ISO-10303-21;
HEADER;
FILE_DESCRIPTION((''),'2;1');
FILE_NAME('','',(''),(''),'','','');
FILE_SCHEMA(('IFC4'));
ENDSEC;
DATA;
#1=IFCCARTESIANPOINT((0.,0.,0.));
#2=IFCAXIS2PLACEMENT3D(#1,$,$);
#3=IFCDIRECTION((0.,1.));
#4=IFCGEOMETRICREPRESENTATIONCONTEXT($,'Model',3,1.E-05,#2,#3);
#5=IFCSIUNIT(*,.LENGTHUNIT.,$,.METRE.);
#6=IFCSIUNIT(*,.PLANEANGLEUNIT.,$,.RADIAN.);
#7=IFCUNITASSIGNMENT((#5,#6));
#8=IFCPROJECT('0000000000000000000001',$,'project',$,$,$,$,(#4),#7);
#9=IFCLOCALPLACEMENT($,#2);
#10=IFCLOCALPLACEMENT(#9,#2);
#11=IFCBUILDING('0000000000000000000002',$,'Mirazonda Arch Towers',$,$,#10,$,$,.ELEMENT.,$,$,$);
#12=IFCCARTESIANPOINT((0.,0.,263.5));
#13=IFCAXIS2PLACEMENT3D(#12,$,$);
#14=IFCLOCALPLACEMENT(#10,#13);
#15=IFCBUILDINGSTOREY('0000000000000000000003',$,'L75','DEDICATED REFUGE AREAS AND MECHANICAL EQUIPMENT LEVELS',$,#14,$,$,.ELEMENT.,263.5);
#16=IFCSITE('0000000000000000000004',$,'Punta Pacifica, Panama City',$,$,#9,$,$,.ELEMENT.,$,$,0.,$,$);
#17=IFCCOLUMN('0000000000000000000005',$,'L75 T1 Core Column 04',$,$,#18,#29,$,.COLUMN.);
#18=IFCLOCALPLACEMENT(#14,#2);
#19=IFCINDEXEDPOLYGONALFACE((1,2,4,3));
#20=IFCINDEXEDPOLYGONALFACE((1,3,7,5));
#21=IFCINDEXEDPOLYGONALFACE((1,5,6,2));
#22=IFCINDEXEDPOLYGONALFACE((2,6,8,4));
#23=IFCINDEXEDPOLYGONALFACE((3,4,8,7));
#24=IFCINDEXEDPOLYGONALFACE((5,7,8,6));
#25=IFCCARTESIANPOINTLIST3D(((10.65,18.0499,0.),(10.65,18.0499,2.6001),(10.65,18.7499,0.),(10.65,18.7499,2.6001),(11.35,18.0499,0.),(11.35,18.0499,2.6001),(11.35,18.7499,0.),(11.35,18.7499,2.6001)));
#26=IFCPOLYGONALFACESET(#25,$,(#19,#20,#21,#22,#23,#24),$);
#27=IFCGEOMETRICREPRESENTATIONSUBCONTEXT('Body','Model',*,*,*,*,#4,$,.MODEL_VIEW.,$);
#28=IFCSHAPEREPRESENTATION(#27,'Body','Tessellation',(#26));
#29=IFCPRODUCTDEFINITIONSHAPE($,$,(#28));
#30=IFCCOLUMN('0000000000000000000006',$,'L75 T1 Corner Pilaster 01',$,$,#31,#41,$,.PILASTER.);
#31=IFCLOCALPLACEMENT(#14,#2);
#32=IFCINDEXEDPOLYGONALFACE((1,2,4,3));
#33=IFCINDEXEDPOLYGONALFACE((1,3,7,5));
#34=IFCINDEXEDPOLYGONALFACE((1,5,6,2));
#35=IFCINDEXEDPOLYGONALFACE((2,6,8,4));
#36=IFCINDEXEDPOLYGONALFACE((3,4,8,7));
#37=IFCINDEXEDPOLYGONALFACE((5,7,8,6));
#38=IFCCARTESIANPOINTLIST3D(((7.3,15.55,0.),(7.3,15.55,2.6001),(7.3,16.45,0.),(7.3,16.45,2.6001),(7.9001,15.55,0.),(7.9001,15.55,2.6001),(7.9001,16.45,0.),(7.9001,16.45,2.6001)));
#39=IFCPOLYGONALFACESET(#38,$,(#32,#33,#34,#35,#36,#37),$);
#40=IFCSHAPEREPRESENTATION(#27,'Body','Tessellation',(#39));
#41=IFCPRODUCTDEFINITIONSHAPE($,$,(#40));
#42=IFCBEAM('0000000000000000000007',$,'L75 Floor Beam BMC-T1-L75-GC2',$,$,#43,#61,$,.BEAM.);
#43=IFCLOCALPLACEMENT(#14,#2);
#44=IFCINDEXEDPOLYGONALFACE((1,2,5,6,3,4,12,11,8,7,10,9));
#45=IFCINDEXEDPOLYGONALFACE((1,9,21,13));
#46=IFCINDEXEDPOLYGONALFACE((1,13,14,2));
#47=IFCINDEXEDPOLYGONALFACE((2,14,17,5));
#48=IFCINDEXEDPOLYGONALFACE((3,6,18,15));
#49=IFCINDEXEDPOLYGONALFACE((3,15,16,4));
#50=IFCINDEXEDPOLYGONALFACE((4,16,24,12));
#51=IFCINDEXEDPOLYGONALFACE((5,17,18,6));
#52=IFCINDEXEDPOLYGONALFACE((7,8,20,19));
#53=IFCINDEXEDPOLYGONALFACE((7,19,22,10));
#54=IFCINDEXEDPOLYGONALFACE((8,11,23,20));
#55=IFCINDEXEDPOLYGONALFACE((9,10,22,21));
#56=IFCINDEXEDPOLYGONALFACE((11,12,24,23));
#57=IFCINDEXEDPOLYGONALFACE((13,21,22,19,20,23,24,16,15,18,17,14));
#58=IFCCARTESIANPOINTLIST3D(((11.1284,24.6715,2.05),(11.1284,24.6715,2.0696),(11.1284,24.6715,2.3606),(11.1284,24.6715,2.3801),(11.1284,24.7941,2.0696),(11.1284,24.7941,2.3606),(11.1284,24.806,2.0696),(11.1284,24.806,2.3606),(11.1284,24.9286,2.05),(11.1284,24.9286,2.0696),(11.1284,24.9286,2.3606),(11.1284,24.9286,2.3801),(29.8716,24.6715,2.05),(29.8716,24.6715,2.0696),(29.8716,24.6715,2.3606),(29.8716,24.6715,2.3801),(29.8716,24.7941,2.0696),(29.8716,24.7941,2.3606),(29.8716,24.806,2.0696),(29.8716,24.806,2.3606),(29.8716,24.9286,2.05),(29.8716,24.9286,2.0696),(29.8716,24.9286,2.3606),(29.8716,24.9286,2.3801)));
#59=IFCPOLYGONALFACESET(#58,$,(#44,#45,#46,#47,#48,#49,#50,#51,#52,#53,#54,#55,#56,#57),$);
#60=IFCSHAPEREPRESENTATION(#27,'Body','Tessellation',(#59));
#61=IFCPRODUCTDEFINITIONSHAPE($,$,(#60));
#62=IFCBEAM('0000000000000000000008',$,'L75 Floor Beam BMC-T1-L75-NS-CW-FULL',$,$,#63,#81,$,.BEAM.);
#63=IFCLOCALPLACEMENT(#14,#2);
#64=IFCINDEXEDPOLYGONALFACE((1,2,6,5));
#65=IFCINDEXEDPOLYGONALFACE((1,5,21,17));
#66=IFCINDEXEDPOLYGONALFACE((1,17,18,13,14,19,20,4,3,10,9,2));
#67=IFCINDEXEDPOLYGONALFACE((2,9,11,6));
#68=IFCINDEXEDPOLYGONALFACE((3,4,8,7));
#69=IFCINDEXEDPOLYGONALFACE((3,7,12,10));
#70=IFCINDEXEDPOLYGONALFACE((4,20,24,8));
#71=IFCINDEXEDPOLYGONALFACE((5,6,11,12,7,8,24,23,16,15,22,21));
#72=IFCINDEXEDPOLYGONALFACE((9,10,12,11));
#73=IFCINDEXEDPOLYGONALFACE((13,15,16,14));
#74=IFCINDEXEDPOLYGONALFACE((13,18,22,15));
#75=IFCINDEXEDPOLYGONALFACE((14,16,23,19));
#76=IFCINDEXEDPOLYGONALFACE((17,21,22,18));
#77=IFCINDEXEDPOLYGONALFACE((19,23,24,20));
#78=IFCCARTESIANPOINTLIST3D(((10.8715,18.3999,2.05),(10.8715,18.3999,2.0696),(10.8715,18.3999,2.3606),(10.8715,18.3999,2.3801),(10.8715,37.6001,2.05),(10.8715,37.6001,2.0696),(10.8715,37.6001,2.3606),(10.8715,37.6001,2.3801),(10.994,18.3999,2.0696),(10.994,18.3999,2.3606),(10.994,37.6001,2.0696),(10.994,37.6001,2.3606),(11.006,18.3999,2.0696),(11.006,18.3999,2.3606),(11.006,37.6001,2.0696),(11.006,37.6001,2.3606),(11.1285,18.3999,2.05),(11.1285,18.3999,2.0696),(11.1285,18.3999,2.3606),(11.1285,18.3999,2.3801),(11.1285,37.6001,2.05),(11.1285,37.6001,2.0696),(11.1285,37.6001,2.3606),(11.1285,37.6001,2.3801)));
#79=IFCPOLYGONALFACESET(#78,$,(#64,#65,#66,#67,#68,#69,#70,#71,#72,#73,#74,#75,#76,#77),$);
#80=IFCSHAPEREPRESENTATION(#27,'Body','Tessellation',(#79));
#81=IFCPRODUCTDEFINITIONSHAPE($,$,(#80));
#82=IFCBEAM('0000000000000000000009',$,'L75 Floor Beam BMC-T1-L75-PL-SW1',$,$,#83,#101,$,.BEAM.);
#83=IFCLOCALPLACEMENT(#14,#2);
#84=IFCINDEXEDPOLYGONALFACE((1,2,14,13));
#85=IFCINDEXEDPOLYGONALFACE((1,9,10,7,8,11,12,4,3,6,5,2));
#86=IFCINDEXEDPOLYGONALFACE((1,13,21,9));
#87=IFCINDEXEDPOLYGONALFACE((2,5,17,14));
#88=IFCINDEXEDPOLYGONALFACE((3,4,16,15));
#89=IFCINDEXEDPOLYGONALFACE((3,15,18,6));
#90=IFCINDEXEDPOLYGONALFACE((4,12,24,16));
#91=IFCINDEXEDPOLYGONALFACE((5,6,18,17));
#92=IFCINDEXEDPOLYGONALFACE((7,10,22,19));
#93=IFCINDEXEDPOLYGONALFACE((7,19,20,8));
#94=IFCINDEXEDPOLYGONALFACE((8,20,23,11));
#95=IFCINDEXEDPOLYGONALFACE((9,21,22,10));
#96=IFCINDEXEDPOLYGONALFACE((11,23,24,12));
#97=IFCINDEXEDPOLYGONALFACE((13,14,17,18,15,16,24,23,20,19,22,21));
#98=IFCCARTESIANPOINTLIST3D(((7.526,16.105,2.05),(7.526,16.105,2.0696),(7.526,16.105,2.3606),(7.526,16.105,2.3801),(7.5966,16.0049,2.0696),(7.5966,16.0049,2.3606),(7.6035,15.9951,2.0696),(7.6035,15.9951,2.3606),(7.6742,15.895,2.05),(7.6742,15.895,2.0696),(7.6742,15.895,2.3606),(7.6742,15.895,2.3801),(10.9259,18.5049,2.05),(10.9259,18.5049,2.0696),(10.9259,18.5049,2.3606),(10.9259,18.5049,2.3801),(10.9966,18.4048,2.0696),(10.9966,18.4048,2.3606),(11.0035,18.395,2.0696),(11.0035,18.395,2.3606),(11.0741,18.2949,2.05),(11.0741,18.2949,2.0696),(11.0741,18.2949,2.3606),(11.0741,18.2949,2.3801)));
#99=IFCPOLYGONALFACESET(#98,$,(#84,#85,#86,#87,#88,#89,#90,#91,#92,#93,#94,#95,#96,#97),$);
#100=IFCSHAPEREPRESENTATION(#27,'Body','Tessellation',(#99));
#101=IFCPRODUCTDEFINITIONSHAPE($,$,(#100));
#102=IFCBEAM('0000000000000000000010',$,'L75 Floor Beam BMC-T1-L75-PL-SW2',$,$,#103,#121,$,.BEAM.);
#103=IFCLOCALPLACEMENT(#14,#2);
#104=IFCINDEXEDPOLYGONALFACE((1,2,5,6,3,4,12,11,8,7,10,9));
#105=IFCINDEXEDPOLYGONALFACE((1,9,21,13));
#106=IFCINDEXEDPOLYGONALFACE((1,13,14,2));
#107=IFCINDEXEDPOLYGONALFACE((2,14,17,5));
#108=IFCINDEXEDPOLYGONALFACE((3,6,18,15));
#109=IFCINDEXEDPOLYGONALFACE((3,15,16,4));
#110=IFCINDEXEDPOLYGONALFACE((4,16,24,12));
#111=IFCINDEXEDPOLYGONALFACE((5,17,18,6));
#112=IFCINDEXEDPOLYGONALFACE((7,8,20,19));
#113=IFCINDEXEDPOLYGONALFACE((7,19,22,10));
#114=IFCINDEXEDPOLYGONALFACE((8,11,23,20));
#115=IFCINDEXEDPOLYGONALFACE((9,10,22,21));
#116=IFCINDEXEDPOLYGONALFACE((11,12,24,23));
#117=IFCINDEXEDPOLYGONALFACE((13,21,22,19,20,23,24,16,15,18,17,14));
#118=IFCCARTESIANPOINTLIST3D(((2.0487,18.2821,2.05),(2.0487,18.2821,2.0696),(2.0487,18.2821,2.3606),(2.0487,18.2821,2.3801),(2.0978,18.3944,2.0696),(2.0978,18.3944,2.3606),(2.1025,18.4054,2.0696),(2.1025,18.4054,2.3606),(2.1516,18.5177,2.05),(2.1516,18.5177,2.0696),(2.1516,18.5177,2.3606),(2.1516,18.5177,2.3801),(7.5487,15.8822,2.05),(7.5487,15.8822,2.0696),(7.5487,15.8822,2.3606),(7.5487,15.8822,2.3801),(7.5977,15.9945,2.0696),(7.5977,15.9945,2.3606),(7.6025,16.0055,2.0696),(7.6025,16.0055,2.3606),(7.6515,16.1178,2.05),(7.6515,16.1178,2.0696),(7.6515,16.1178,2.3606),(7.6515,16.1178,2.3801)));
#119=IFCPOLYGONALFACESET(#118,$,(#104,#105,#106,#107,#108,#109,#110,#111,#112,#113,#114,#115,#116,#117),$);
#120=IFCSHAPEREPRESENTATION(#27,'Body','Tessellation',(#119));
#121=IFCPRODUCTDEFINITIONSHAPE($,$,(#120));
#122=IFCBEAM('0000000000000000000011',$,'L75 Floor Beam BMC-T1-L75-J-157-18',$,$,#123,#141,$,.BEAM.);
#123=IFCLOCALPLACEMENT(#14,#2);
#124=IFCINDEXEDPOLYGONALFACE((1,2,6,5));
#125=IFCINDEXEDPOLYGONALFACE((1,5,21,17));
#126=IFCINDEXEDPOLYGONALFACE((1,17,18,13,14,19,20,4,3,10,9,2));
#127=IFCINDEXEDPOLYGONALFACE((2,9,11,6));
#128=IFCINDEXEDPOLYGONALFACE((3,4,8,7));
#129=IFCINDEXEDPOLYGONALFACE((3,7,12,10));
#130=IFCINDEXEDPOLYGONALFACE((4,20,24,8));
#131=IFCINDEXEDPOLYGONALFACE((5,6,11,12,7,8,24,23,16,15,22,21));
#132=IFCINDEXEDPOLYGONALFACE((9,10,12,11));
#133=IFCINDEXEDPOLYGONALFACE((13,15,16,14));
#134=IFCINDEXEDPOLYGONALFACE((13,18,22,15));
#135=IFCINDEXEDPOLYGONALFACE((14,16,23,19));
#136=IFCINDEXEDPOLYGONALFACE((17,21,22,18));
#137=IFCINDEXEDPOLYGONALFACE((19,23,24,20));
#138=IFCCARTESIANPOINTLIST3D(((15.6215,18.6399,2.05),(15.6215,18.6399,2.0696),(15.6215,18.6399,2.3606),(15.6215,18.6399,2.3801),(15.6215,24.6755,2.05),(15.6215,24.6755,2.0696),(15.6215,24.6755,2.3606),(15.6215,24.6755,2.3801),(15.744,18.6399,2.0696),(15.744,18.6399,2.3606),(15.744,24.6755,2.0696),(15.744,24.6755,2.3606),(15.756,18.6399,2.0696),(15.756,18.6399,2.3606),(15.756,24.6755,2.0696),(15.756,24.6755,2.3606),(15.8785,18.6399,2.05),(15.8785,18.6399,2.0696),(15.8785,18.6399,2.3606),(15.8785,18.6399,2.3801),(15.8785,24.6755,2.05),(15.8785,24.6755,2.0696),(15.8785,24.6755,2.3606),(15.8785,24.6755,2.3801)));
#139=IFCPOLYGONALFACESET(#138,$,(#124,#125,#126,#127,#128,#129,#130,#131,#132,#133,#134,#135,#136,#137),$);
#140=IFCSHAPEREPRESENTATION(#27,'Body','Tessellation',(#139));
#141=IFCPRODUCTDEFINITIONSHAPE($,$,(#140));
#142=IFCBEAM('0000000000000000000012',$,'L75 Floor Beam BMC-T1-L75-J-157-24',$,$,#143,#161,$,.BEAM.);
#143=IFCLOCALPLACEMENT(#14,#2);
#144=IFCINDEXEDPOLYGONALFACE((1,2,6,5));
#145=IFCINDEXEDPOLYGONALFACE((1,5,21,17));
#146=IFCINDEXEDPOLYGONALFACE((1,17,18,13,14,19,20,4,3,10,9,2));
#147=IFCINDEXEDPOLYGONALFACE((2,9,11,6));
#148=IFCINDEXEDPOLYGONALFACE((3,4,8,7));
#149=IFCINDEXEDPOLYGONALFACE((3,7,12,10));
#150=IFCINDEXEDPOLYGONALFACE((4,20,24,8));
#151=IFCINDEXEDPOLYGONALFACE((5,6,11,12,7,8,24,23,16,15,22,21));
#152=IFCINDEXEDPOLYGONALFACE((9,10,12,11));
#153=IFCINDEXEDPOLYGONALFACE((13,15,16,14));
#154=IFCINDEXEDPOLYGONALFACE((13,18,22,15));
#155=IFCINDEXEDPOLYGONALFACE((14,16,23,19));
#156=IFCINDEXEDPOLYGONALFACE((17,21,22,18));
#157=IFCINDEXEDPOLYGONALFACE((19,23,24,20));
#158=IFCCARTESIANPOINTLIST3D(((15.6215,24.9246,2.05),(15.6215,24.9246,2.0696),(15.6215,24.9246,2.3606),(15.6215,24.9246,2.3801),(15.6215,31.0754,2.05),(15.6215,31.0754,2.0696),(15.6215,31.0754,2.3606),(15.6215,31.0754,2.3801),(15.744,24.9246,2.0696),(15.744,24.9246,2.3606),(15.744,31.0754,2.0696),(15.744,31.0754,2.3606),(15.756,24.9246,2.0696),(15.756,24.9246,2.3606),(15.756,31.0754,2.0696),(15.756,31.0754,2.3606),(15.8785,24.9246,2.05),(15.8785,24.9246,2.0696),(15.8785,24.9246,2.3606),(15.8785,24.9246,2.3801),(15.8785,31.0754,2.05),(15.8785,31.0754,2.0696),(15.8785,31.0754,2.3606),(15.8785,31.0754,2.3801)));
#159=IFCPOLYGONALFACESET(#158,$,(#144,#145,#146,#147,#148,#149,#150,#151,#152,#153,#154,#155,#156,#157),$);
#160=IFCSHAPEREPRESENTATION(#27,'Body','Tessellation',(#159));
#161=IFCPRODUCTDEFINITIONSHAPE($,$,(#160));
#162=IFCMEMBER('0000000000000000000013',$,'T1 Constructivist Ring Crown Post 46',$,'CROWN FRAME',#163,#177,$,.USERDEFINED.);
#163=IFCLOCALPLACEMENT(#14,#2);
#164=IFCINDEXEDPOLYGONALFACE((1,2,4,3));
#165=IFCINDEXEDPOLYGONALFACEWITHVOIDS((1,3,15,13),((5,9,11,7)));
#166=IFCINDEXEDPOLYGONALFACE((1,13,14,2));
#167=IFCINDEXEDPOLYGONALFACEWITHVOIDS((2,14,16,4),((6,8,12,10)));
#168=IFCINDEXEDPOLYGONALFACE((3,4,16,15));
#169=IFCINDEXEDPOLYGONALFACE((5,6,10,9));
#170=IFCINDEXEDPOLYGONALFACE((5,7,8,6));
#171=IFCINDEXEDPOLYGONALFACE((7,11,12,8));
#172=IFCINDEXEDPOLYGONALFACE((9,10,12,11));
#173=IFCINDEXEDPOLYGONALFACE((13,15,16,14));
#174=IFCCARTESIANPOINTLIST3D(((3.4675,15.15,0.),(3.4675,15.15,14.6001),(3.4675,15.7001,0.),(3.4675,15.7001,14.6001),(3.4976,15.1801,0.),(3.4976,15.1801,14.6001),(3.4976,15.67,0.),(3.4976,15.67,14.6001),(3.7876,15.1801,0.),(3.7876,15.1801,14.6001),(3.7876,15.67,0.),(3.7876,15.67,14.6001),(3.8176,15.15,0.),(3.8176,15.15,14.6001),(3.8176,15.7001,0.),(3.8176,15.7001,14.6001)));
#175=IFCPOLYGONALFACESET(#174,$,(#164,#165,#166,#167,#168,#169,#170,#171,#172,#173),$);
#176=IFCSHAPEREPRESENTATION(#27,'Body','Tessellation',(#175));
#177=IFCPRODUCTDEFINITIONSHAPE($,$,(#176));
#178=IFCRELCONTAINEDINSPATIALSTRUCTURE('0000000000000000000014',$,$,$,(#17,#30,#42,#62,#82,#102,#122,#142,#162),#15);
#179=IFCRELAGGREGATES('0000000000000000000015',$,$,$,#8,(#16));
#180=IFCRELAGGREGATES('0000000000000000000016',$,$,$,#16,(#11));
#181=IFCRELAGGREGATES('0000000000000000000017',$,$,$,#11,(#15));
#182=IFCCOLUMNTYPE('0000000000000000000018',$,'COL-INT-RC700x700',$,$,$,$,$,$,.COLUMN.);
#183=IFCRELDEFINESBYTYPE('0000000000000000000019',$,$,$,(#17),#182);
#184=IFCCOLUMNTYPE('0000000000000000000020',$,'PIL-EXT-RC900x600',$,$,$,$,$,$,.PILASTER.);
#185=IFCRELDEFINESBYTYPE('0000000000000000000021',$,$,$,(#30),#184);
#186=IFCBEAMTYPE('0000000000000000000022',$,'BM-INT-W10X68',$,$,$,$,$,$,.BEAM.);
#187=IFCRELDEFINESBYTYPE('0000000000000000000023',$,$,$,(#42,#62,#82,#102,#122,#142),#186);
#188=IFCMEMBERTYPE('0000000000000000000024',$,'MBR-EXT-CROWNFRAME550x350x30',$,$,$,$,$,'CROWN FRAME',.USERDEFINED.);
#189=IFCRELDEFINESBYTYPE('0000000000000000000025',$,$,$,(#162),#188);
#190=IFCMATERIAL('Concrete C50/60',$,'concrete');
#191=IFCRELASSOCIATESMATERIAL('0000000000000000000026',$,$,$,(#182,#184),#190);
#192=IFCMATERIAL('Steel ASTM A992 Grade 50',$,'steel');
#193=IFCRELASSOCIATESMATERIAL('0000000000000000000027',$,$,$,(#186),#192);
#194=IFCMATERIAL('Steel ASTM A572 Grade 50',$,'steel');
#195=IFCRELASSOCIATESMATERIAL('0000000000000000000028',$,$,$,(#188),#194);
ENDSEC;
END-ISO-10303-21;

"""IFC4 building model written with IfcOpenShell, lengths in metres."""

from ifc_helpers import new_model, si_unit, direction, frame, origin, origin_2d, place, context, subcontext, project, spatial, rectangle, hollow_rectangle, i_section, extrude, material, material_profile, profile_set, type_object, element, save


model = new_model("IFC4")

# Units and contexts
model_context = context("Model", 3, precision=1e-05, world=origin(), true_north=direction((0.0, 1.0)))
body_context = subcontext(model_context, "Body", "Model", "MODEL_VIEW")
ifc_project = project(units=[si_unit("LENGTHUNIT", "METRE"), si_unit("PLANEANGLEUNIT", "RADIAN")], contexts=[model_context])

# Site, building, storey
site_placement = place(None, origin())
site = spatial("IfcSite", under=ifc_project, at=site_placement, Name="Punta Pacifica, Panama City", CompositionType="ELEMENT", RefElevation=0.0)
building_placement = place(site_placement, origin())
building = spatial("IfcBuilding", under=site, at=building_placement, Name="Mirazonda Arch Towers", CompositionType="ELEMENT")
storey_placement = place(building_placement, frame((0.0, 0.0, 263.5)))
storey = spatial("IfcBuildingStorey", under=building, at=storey_placement, Name="L75", Description="DEDICATED REFUGE AREAS AND MECHANICAL EQUIPMENT LEVELS", CompositionType="ELEMENT", Elevation=263.5)

# Columns
ifc_material_1 = material(Name="Concrete C50/60", Category="concrete")
ifc_material_profile_1 = material_profile(ifc_material_1, rectangle(XDim=0.7, YDim=0.7, at=origin_2d()), Name="RC700x700")
ifc_profile_set_1 = profile_set([ifc_material_profile_1], Name="Concrete C50/60")
column_type_1 = type_object("IfcColumnType", Name="COL-INT-RC700x700", PredefinedType="COLUMN", material=ifc_profile_set_1)
column_1_placement = place(storey_placement, frame((11.0, 18.3999, 0.0), z_axis=(0.0, 0.0, 1.0), x_axis=(1.0, 0.0, 0.0)))
element("IfcColumn", 1, at=column_1_placement, inside=storey, type_object=column_type_1, Name="L75 T1 Core Column 04", PredefinedType="COLUMN", context=body_context, shape_type="SweptSolid", body=[
    extrude(rectangle(XDim=0.7, YDim=0.7, at=origin_2d()), origin(), (0.0, 0.0, 1.0), 2.6001),
])
ifc_material_profile_2 = material_profile(ifc_material_1, rectangle(XDim=0.6001, YDim=0.8999, at=origin_2d()), Name="RC900x600")
ifc_profile_set_2 = profile_set([ifc_material_profile_2], Name="Concrete C50/60")
column_type_2 = type_object("IfcColumnType", Name="PIL-EXT-RC900x600", PredefinedType="PILASTER", material=ifc_profile_set_2)
column_2_placement = place(storey_placement, frame((7.6001, 16.0, 0.0), z_axis=(0.0, 0.0, 1.0), x_axis=(1.0, 0.0, 0.0)))
element("IfcColumn", 2, at=column_2_placement, inside=storey, type_object=column_type_2, Name="L75 T1 Corner Pilaster 01", PredefinedType="PILASTER", context=body_context, shape_type="SweptSolid", body=[
    extrude(rectangle(XDim=0.6001, YDim=0.8999, at=origin_2d()), origin(), (0.0, 0.0, 1.0), 2.6001),
])

# Beams
ifc_material_2 = material(Name="Steel ASTM A992 Grade 50", Category="steel")
ifc_material_profile_3 = material_profile(ifc_material_2, i_section(OverallWidth=0.2571, OverallDepth=0.3301, WebThickness=0.012, FlangeThickness=0.0195, at=origin_2d()), Name="W10X68")
ifc_profile_set_3 = profile_set([ifc_material_profile_3], Name="Steel ASTM A992 Grade 50")
beam_type = type_object("IfcBeamType", Name="BM-INT-W10X68", PredefinedType="BEAM", material=ifc_profile_set_3)
beam_1_placement = place(storey_placement, frame((11.1284, 24.8, 2.2151), z_axis=(1.0, 0.0, 0.0), x_axis=(0.0, 1.0, 0.0)))
element("IfcBeam", 3, at=beam_1_placement, inside=storey, type_object=beam_type, Name="L75 Floor Beam BMC-T1-L75-GC2", PredefinedType="BEAM", context=body_context, shape_type="SweptSolid", body=[
    extrude(i_section(OverallWidth=0.2571, OverallDepth=0.3301, WebThickness=0.012, FlangeThickness=0.0195, at=origin_2d()), origin(), (0.0, 0.0, 1.0), 18.7432),
])
beam_2_placement = place(storey_placement, frame((11.0, 18.3999, 2.2151), z_axis=(0.0, 1.0, 0.0), x_axis=(-1.0, 0.0, 0.0)))
element("IfcBeam", 4, at=beam_2_placement, inside=storey, type_object=beam_type, Name="L75 Floor Beam BMC-T1-L75-NS-CW-FULL", PredefinedType="BEAM", context=body_context, shape_type="SweptSolid", body=[
    extrude(i_section(OverallWidth=0.2571, OverallDepth=0.3301, WebThickness=0.012, FlangeThickness=0.0195, at=origin_2d()), origin(), (0.0, 0.0, 1.0), 19.2002),
])
beam_3_placement = place(storey_placement, frame((7.6001, 16.0, 2.2151), z_axis=(0.816971, 0.576679, 0.0), x_axis=(-0.576679, 0.816971, 0.0)))
element("IfcBeam", 5, at=beam_3_placement, inside=storey, type_object=beam_type, Name="L75 Floor Beam BMC-T1-L75-PL-SW1", PredefinedType="BEAM", context=body_context, shape_type="SweptSolid", body=[
    extrude(i_section(OverallWidth=0.2571, OverallDepth=0.3301, WebThickness=0.012, FlangeThickness=0.0195, at=origin_2d()), origin(), (0.0, 0.0, 1.0), 4.1616),
])
beam_4_placement = place(storey_placement, frame((7.6001, 16.0, 2.2151), z_axis=(-0.916545, 0.399931, 0.0), x_axis=(-0.399931, -0.916545, 0.0)))
element("IfcBeam", 6, at=beam_4_placement, inside=storey, type_object=beam_type, Name="L75 Floor Beam BMC-T1-L75-PL-SW2", PredefinedType="BEAM", context=body_context, shape_type="SweptSolid", body=[
    extrude(i_section(OverallWidth=0.2571, OverallDepth=0.3301, WebThickness=0.012, FlangeThickness=0.0195, at=origin_2d()), origin(), (0.0, 0.0, 1.0), 6.0007),
])
beam_5_placement = place(storey_placement, frame((15.75, 18.6399, 2.2151), z_axis=(0.0, 1.0, 0.0), x_axis=(-1.0, 0.0, 0.0)))
element("IfcBeam", 7, at=beam_5_placement, inside=storey, type_object=beam_type, Name="L75 Floor Beam BMC-T1-L75-J-157-18", PredefinedType="BEAM", context=body_context, shape_type="SweptSolid", body=[
    extrude(i_section(OverallWidth=0.2571, OverallDepth=0.3301, WebThickness=0.012, FlangeThickness=0.0195, at=origin_2d()), origin(), (0.0, 0.0, 1.0), 6.0356),
])
beam_6_placement = place(storey_placement, frame((15.75, 24.9246, 2.2151), z_axis=(0.0, 1.0, 0.0), x_axis=(-1.0, 0.0, 0.0)))
element("IfcBeam", 8, at=beam_6_placement, inside=storey, type_object=beam_type, Name="L75 Floor Beam BMC-T1-L75-J-157-24", PredefinedType="BEAM", context=body_context, shape_type="SweptSolid", body=[
    extrude(i_section(OverallWidth=0.2571, OverallDepth=0.3301, WebThickness=0.012, FlangeThickness=0.0195, at=origin_2d()), origin(), (0.0, 0.0, 1.0), 6.1509),
])

# Member
ifc_material_3 = material(Name="Steel ASTM A572 Grade 50", Category="steel")
ifc_material_profile_4 = material_profile(ifc_material_3, hollow_rectangle(XDim=0.3501, YDim=0.55, WallThickness=0.03, at=origin_2d()), Name="CROWNFRAME550x350x30")
ifc_profile_set_4 = profile_set([ifc_material_profile_4], Name="Steel ASTM A572 Grade 50")
member_type = type_object("IfcMemberType", Name="MBR-EXT-CROWNFRAME550x350x30", ElementType="CROWN FRAME", PredefinedType="USERDEFINED", material=ifc_profile_set_4)
for number, where, z_axis, x_axis, name in (
    (9, (3.6426, 15.425, 0.0), (0.0, 0.0, 1.0), (1.0, 0.0, 0.0), "T1 Constructivist Ring Crown Post 46"),
):
    element("IfcMember", number, at=place(storey_placement, frame(where, z_axis=z_axis, x_axis=x_axis)), inside=storey, type_object=member_type, Name=name, ObjectType="CROWN FRAME", PredefinedType="USERDEFINED", context=body_context, shape_type="SweptSolid", body=[
        extrude(hollow_rectangle(XDim=0.3501, YDim=0.55, WallThickness=0.03, at=origin_2d()), origin(), (0.0, 0.0, 1.0), 14.6001),
    ])

save(model, "model.ifc")
